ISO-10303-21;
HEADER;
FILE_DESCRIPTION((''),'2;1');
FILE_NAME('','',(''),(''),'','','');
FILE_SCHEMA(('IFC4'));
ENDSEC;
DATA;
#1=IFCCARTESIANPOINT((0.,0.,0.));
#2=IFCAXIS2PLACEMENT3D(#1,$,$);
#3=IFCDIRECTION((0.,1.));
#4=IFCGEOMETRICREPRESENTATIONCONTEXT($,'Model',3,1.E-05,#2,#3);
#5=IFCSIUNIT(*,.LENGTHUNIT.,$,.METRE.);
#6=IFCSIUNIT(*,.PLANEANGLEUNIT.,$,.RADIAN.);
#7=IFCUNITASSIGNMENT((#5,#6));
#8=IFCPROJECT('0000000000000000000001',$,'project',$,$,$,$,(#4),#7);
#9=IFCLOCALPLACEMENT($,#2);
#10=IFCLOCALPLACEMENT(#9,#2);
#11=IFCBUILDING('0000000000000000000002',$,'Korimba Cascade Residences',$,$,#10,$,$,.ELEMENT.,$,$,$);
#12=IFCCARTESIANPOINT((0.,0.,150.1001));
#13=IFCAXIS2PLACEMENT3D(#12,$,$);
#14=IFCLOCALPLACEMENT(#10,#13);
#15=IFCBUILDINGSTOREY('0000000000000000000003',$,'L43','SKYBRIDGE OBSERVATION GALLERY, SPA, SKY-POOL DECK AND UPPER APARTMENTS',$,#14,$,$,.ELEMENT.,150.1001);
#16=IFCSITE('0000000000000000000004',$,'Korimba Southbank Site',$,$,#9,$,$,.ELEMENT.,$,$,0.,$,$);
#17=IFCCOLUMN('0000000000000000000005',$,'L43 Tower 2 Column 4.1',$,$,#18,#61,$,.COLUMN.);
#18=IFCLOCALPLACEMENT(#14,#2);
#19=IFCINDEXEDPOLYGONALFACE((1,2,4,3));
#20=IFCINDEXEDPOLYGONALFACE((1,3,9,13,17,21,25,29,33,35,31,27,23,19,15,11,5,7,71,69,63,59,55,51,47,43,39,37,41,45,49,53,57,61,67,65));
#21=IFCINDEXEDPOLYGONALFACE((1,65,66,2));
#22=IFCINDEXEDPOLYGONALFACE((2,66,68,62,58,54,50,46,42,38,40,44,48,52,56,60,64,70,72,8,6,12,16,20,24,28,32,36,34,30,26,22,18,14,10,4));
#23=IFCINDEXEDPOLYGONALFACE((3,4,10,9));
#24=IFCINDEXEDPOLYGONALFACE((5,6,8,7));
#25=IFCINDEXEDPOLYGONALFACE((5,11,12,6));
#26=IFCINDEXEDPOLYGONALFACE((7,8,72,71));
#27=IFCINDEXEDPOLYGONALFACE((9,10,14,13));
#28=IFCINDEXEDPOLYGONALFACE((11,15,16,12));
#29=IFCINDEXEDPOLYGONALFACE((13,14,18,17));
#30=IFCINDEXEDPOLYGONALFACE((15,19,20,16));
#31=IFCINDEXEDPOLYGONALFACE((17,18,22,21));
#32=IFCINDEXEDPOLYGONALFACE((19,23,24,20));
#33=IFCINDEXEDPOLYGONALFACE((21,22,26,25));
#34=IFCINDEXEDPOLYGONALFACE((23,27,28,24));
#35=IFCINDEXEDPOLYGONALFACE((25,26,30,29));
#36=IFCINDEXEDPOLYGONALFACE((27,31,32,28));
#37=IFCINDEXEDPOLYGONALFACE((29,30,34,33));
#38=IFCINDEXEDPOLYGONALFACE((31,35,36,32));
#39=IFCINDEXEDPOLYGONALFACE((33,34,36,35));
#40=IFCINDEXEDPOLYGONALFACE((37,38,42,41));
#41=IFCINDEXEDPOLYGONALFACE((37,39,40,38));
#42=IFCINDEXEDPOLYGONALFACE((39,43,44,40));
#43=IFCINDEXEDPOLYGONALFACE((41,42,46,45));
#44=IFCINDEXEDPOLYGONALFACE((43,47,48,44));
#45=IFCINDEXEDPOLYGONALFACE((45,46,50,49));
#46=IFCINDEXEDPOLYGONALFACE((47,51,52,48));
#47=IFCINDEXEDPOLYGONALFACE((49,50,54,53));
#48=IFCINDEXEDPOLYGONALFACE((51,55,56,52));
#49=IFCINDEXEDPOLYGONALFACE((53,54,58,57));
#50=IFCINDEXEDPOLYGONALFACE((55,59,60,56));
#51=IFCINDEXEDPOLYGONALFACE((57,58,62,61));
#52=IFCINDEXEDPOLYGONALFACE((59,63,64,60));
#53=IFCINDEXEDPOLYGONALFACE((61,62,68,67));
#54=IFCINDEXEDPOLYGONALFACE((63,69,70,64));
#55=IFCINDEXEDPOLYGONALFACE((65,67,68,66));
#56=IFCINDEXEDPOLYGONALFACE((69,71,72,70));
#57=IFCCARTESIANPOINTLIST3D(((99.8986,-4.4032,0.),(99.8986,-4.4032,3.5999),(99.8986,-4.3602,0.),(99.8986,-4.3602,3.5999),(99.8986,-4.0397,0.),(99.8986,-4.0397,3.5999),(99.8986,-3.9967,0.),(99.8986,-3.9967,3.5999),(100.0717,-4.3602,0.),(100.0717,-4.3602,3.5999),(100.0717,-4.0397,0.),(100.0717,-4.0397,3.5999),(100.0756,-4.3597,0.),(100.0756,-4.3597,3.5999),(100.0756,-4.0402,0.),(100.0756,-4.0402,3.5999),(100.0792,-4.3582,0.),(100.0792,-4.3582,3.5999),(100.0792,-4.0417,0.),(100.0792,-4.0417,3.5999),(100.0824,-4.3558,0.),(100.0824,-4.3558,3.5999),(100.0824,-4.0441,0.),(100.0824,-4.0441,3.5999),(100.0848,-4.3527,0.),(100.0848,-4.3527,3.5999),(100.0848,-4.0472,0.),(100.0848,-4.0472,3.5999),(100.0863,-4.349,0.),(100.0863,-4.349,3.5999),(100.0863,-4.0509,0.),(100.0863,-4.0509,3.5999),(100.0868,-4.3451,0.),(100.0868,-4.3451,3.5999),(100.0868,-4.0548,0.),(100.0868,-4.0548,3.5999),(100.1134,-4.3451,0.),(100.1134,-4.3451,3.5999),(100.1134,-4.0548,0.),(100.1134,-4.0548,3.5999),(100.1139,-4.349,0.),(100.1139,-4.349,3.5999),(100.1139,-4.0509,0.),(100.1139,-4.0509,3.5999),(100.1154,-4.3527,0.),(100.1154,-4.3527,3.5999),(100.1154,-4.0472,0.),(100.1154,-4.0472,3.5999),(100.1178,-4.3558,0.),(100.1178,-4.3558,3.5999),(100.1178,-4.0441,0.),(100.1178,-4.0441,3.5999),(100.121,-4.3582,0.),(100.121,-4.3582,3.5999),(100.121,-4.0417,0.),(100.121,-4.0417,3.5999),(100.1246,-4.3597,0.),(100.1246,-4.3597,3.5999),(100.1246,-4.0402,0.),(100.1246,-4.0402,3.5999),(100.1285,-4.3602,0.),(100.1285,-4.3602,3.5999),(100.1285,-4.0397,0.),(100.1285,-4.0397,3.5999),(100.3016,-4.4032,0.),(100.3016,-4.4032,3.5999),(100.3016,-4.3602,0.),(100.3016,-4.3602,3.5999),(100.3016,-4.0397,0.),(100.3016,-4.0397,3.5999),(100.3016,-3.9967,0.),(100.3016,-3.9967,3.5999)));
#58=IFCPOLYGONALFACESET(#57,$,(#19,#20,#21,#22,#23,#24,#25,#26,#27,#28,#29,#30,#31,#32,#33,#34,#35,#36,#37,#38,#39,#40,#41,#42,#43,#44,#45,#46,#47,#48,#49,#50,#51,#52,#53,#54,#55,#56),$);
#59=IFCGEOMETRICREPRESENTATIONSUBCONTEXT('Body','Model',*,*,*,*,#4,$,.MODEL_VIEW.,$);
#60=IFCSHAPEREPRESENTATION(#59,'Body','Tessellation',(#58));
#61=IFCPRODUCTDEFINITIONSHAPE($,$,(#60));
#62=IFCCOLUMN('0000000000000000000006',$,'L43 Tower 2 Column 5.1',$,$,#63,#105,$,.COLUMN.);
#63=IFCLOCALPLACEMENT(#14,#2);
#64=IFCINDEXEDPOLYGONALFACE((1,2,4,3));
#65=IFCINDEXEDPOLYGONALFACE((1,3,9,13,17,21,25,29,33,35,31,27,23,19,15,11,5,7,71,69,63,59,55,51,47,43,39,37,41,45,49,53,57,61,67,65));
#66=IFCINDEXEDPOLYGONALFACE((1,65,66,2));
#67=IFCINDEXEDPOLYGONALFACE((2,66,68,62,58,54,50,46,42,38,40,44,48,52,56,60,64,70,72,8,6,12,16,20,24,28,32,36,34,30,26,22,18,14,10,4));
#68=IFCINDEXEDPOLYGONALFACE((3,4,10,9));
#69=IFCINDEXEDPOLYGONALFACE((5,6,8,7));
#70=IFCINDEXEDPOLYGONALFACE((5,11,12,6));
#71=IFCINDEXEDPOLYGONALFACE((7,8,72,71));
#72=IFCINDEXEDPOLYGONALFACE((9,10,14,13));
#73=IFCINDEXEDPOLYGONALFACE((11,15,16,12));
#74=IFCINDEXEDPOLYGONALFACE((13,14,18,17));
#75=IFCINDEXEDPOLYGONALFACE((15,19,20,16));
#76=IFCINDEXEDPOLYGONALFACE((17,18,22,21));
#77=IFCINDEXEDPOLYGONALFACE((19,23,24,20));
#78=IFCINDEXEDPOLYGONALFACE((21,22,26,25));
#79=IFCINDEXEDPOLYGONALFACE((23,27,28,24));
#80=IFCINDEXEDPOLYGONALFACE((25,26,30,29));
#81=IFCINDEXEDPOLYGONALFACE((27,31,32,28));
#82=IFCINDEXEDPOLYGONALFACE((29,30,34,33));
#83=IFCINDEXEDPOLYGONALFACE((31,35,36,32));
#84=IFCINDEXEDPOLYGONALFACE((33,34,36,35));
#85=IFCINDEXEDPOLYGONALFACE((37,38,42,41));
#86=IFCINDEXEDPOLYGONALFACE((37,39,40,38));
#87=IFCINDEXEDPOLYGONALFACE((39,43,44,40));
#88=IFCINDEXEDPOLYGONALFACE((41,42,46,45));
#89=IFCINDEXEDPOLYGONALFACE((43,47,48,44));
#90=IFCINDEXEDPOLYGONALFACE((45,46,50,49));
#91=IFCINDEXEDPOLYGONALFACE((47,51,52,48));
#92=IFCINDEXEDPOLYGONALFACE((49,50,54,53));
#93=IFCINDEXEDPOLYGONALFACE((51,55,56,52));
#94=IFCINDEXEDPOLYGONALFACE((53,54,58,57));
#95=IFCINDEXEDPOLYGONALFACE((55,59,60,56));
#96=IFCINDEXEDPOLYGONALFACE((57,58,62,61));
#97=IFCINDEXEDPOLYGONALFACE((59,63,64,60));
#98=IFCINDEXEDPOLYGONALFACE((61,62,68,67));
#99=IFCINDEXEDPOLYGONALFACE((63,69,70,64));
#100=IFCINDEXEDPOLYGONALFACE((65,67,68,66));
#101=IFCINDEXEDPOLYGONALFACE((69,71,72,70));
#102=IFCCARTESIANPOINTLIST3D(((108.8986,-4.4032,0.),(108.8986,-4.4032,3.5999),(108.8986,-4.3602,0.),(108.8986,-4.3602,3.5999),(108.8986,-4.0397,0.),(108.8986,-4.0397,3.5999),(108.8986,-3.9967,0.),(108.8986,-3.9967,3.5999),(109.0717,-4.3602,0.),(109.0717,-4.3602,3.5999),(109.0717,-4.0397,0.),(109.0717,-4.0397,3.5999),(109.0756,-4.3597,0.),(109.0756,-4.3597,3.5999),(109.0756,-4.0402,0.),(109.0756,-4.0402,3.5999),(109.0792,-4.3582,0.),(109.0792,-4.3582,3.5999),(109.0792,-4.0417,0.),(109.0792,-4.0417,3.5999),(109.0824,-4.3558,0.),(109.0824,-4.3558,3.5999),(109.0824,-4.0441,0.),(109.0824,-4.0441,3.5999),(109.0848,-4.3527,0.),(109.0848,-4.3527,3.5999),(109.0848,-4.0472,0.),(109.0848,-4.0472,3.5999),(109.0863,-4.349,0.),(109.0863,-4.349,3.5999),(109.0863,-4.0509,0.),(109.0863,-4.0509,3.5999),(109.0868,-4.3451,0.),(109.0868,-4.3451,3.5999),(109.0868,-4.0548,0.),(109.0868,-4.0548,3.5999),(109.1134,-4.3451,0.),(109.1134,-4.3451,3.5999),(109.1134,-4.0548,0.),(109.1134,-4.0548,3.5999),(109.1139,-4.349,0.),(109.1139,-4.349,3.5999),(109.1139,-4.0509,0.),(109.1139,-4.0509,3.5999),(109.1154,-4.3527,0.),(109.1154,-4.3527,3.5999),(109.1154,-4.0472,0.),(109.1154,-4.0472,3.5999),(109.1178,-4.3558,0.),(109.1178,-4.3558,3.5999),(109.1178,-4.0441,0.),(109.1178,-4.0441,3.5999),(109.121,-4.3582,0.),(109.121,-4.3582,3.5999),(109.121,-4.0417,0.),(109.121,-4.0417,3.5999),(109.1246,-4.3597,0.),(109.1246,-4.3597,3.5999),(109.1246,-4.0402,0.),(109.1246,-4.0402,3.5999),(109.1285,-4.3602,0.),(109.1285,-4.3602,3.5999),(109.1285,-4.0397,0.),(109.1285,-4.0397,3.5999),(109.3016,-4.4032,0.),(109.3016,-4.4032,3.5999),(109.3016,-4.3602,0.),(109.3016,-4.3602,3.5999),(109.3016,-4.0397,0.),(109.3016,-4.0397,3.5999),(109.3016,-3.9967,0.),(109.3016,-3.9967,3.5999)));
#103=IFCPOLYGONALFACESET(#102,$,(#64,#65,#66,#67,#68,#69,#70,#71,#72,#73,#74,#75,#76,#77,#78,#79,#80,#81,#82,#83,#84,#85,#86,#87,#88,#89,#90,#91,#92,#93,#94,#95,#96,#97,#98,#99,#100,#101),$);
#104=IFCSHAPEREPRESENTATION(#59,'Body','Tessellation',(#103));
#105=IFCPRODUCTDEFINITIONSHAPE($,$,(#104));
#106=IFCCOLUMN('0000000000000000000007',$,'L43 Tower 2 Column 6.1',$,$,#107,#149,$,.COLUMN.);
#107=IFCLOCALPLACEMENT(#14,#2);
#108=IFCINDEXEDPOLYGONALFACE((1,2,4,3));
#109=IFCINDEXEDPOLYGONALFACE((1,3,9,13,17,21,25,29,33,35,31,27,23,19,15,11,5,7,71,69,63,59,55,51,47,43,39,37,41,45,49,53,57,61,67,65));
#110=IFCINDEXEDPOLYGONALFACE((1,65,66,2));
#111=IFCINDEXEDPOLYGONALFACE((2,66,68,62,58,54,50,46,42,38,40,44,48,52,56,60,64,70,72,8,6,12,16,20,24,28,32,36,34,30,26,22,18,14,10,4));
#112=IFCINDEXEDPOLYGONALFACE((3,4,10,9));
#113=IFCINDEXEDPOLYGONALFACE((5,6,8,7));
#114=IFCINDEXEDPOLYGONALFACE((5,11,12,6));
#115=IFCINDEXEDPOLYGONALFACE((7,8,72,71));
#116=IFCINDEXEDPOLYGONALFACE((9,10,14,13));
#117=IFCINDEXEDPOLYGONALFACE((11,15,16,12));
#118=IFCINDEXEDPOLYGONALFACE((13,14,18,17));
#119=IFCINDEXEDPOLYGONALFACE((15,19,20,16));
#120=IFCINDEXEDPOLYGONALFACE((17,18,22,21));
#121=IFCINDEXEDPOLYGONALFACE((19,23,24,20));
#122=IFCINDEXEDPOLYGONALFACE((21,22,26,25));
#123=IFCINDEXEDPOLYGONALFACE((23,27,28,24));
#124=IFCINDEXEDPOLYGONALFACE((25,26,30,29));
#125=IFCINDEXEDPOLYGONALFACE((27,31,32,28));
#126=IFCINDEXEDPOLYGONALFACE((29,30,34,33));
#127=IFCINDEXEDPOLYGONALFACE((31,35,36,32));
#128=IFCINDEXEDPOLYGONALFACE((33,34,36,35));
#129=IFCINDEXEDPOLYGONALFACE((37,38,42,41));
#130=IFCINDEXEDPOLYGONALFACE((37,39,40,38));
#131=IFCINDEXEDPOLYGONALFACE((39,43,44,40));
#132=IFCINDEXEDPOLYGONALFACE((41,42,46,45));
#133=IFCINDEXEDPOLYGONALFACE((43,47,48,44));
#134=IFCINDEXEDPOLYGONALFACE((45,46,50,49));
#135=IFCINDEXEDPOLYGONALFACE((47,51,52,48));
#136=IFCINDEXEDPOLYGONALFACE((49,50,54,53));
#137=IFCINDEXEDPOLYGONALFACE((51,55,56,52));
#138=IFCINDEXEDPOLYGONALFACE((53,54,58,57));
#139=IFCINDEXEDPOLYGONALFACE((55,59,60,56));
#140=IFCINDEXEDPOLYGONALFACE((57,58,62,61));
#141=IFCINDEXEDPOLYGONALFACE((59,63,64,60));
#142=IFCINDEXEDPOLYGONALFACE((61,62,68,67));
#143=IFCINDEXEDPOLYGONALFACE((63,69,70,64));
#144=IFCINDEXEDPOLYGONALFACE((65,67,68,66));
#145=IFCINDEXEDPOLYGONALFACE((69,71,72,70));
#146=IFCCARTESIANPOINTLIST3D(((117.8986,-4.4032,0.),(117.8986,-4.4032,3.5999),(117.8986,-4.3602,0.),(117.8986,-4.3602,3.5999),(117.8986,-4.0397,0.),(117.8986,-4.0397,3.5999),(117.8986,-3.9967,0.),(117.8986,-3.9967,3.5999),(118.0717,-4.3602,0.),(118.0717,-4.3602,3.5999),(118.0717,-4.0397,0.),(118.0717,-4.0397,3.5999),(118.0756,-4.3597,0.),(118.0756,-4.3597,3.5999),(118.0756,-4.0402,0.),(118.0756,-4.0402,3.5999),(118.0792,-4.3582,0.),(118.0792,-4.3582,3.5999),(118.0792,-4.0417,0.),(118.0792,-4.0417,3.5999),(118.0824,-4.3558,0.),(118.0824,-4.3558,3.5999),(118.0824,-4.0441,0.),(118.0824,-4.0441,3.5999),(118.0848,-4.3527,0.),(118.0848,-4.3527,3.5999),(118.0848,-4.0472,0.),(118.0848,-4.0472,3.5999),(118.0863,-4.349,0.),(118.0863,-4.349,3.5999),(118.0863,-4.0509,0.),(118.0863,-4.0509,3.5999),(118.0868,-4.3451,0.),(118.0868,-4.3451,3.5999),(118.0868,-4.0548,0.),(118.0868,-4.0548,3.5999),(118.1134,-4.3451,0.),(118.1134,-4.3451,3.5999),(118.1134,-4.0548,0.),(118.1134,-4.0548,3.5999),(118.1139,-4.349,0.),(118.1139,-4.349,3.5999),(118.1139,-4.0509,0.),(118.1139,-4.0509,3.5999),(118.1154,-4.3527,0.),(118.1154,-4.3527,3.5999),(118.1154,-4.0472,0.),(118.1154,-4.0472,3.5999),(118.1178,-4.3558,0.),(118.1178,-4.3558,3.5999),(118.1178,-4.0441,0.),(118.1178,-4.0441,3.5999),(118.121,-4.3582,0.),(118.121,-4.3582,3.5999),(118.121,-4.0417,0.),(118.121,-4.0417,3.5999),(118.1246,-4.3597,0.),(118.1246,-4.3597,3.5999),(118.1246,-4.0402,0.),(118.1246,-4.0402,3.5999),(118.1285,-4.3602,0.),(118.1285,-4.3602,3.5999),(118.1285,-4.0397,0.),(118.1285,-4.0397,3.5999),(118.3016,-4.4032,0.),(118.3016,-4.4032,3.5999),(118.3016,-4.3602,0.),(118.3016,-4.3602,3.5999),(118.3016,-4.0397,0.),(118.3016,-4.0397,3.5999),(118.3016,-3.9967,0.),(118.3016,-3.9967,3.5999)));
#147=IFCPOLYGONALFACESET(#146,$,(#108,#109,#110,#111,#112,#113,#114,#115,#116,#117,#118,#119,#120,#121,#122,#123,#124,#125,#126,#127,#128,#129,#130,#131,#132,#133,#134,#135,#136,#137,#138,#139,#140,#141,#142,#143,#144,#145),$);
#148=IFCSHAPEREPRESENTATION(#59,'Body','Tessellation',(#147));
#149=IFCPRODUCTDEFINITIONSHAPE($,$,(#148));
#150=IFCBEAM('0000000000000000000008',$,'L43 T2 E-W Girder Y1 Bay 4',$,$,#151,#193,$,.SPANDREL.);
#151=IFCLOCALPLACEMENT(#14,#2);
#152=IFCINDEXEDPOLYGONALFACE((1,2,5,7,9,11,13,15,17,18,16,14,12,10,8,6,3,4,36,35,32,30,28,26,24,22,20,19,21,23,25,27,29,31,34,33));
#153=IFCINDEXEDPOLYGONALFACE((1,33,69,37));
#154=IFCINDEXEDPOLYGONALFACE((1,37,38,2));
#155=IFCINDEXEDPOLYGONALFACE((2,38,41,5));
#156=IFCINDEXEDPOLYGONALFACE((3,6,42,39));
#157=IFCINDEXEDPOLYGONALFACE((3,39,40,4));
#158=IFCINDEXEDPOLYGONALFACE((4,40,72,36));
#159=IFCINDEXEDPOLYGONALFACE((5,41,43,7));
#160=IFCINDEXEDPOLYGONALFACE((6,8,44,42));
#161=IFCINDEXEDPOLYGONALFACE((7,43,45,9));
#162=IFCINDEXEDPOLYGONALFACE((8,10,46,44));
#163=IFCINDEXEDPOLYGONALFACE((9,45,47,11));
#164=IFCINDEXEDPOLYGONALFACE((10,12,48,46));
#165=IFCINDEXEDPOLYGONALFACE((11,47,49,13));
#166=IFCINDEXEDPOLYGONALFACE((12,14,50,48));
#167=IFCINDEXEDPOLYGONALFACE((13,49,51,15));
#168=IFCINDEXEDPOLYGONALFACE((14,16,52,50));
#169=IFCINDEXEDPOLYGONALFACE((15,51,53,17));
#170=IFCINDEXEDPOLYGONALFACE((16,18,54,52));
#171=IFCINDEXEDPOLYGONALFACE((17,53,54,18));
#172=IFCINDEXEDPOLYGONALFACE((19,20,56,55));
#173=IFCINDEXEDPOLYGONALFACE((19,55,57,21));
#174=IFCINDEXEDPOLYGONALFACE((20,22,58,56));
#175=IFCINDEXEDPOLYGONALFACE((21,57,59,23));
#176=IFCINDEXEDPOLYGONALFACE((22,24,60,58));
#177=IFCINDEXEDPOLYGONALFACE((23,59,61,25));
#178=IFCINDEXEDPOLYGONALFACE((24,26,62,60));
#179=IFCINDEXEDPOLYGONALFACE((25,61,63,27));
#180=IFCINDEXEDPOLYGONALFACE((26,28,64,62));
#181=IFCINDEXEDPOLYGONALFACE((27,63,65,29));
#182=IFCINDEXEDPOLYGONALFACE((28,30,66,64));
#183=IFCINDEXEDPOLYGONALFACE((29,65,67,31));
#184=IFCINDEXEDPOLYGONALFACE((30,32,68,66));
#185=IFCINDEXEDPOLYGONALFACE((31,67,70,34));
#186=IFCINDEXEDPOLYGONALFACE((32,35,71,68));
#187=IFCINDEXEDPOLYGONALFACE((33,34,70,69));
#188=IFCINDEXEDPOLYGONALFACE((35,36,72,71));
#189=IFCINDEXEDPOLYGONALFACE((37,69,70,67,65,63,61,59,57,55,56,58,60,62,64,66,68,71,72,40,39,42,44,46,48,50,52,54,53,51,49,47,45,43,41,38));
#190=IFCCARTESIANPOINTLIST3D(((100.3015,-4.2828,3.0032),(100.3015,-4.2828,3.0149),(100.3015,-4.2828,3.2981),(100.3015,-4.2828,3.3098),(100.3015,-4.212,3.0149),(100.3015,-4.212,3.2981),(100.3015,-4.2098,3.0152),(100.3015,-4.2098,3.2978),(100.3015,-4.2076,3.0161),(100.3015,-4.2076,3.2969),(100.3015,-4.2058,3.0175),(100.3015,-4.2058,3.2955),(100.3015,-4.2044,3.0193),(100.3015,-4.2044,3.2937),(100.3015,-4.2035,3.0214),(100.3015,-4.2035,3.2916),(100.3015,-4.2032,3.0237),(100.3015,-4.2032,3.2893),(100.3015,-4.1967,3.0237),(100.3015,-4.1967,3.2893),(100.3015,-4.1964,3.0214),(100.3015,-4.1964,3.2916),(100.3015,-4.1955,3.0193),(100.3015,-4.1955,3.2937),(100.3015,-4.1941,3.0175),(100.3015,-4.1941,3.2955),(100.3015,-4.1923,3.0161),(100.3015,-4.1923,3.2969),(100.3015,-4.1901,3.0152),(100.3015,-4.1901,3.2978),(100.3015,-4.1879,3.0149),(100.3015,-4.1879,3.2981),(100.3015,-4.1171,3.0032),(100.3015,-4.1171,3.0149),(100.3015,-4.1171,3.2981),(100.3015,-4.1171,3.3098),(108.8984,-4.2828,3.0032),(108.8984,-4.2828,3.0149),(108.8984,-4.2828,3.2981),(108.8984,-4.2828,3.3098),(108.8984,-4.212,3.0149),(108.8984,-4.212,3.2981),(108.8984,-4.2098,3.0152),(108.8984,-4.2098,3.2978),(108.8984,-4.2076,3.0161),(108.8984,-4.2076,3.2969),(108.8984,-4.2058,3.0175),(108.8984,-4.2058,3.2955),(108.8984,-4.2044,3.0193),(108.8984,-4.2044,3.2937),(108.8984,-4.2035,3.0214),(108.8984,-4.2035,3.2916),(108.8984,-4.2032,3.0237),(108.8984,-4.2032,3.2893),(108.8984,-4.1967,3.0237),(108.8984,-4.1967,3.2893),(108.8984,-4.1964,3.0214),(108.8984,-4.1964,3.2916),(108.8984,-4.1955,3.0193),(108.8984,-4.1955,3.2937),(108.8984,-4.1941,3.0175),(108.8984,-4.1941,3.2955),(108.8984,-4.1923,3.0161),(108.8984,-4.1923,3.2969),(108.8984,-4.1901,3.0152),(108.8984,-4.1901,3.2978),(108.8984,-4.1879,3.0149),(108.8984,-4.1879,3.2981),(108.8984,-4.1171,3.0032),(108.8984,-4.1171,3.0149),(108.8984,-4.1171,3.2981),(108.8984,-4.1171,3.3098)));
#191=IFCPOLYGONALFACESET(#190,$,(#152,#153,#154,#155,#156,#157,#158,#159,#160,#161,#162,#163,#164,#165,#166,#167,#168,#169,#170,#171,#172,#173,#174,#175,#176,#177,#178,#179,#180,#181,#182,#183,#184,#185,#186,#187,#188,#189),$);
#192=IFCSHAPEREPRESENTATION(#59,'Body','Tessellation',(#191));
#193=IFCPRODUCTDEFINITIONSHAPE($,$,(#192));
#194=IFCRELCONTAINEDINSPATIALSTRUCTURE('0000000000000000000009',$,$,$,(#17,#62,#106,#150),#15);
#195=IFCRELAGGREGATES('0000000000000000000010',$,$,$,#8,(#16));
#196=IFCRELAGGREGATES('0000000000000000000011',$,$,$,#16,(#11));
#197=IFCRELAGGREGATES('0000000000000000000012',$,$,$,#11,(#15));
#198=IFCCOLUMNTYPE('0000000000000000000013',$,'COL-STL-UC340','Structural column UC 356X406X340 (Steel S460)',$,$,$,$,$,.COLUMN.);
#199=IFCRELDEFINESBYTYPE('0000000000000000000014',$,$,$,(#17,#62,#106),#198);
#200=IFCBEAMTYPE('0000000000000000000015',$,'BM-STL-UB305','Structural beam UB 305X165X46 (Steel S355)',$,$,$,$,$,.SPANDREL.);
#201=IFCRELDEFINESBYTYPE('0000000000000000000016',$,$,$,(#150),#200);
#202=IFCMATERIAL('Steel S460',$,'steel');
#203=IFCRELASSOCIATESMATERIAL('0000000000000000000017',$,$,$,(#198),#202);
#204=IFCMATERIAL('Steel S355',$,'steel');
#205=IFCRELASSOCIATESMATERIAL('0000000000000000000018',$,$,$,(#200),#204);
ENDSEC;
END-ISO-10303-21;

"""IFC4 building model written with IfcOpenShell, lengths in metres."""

from ifc_helpers import new_model, si_unit, direction, frame, origin, origin_2d, place, context, subcontext, project, spatial, i_section, extrude, material, material_profile, profile_set, type_object, element, save


model = new_model("IFC4")

# Units and contexts
model_context = context("Model", 3, precision=1e-05, world=origin(), true_north=direction((0.0, 1.0)))
body_context = subcontext(model_context, "Body", "Model", "MODEL_VIEW")
ifc_project = project(units=[si_unit("LENGTHUNIT", "METRE"), si_unit("PLANEANGLEUNIT", "RADIAN")], contexts=[model_context])

# Site, building, storey
site_placement = place(None, origin())
site = spatial("IfcSite", under=ifc_project, at=site_placement, Name="Korimba Southbank Site", CompositionType="ELEMENT", RefElevation=0.0)
building_placement = place(site_placement, origin())
building = spatial("IfcBuilding", under=site, at=building_placement, Name="Korimba Cascade Residences", CompositionType="ELEMENT")
storey_placement = place(building_placement, frame((0.0, 0.0, 150.1001)))
storey = spatial("IfcBuildingStorey", under=building, at=storey_placement, Name="L43", Description="SKYBRIDGE OBSERVATION GALLERY, SPA, SKY-POOL DECK AND UPPER APARTMENTS", CompositionType="ELEMENT", Elevation=150.1001)

# Columns
ifc_material_1 = material(Name="Steel S460", Category="steel")
ifc_material_profile_1 = material_profile(ifc_material_1, i_section(OverallWidth=0.4031, OverallDepth=0.4065, WebThickness=0.0266, FlangeThickness=0.043, FilletRadius=0.0151, at=origin_2d()), Name="Steel S460")
ifc_profile_set_1 = profile_set([ifc_material_profile_1], Name="Steel S460")
column_type = type_object("IfcColumnType", Name="COL-STL-UC340", Description="Structural column UC 356X406X340 (Steel S460)", PredefinedType="COLUMN", material=ifc_profile_set_1)
for number, where, z_axis, x_axis, name in (
    (1, (100.1001, -4.2, 0.0), (0.0, 0.0, 1.0), (1.0, 0.0, 0.0), "L43 Tower 2 Column 4.1"),
    (2, (109.1001, -4.2, 0.0), (0.0, 0.0, 1.0), (1.0, 0.0, 0.0), "L43 Tower 2 Column 5.1"),
    (3, (118.1001, -4.2, 0.0), (0.0, 0.0, 1.0), (1.0, 0.0, 0.0), "L43 Tower 2 Column 6.1"),
):
    element("IfcColumn", number, at=place(storey_placement, frame(where, z_axis=z_axis, x_axis=x_axis)), inside=storey, type_object=column_type, Name=name, PredefinedType="COLUMN", context=body_context, shape_type="SweptSolid", body=[
        extrude(i_section(OverallWidth=0.4031, OverallDepth=0.4065, WebThickness=0.0266, FlangeThickness=0.043, FilletRadius=0.0151, at=origin_2d()), origin(), (0.0, 0.0, 1.0), 3.5999),
    ])

# Beam
ifc_material_2 = material(Name="Steel S355", Category="steel")
ifc_material_profile_2 = material_profile(ifc_material_2, i_section(OverallWidth=0.1658, OverallDepth=0.3066, WebThickness=0.0066, FlangeThickness=0.0117, FilletRadius=0.0088, at=origin_2d()), Name="Steel S355")
ifc_profile_set_2 = profile_set([ifc_material_profile_2], Name="Steel S355")
beam_type_1 = type_object("IfcBeamType", Name="BM-STL-UB305", Description="Structural beam UB 305X165X46 (Steel S355)", PredefinedType="SPANDREL", material=ifc_profile_set_2)
for number, where, z_axis, x_axis, name in (
    (4, (100.3015, -4.2, 3.1565), (1.0, 0.0, 0.0), (0.0, 1.0, 0.0), "L43 T2 E-W Girder Y1 Bay 4"),
):
    element("IfcBeam", number, at=place(storey_placement, frame(where, z_axis=z_axis, x_axis=x_axis)), inside=storey, type_object=beam_type_1, Name=name, PredefinedType="SPANDREL", context=body_context, shape_type="SweptSolid", body=[
        extrude(i_section(OverallWidth=0.1658, OverallDepth=0.3066, WebThickness=0.0066, FlangeThickness=0.0117, FilletRadius=0.0088, at=origin_2d()), origin(), (0.0, 0.0, 1.0), 8.5969),
    ])

save(model, "model.ifc")
